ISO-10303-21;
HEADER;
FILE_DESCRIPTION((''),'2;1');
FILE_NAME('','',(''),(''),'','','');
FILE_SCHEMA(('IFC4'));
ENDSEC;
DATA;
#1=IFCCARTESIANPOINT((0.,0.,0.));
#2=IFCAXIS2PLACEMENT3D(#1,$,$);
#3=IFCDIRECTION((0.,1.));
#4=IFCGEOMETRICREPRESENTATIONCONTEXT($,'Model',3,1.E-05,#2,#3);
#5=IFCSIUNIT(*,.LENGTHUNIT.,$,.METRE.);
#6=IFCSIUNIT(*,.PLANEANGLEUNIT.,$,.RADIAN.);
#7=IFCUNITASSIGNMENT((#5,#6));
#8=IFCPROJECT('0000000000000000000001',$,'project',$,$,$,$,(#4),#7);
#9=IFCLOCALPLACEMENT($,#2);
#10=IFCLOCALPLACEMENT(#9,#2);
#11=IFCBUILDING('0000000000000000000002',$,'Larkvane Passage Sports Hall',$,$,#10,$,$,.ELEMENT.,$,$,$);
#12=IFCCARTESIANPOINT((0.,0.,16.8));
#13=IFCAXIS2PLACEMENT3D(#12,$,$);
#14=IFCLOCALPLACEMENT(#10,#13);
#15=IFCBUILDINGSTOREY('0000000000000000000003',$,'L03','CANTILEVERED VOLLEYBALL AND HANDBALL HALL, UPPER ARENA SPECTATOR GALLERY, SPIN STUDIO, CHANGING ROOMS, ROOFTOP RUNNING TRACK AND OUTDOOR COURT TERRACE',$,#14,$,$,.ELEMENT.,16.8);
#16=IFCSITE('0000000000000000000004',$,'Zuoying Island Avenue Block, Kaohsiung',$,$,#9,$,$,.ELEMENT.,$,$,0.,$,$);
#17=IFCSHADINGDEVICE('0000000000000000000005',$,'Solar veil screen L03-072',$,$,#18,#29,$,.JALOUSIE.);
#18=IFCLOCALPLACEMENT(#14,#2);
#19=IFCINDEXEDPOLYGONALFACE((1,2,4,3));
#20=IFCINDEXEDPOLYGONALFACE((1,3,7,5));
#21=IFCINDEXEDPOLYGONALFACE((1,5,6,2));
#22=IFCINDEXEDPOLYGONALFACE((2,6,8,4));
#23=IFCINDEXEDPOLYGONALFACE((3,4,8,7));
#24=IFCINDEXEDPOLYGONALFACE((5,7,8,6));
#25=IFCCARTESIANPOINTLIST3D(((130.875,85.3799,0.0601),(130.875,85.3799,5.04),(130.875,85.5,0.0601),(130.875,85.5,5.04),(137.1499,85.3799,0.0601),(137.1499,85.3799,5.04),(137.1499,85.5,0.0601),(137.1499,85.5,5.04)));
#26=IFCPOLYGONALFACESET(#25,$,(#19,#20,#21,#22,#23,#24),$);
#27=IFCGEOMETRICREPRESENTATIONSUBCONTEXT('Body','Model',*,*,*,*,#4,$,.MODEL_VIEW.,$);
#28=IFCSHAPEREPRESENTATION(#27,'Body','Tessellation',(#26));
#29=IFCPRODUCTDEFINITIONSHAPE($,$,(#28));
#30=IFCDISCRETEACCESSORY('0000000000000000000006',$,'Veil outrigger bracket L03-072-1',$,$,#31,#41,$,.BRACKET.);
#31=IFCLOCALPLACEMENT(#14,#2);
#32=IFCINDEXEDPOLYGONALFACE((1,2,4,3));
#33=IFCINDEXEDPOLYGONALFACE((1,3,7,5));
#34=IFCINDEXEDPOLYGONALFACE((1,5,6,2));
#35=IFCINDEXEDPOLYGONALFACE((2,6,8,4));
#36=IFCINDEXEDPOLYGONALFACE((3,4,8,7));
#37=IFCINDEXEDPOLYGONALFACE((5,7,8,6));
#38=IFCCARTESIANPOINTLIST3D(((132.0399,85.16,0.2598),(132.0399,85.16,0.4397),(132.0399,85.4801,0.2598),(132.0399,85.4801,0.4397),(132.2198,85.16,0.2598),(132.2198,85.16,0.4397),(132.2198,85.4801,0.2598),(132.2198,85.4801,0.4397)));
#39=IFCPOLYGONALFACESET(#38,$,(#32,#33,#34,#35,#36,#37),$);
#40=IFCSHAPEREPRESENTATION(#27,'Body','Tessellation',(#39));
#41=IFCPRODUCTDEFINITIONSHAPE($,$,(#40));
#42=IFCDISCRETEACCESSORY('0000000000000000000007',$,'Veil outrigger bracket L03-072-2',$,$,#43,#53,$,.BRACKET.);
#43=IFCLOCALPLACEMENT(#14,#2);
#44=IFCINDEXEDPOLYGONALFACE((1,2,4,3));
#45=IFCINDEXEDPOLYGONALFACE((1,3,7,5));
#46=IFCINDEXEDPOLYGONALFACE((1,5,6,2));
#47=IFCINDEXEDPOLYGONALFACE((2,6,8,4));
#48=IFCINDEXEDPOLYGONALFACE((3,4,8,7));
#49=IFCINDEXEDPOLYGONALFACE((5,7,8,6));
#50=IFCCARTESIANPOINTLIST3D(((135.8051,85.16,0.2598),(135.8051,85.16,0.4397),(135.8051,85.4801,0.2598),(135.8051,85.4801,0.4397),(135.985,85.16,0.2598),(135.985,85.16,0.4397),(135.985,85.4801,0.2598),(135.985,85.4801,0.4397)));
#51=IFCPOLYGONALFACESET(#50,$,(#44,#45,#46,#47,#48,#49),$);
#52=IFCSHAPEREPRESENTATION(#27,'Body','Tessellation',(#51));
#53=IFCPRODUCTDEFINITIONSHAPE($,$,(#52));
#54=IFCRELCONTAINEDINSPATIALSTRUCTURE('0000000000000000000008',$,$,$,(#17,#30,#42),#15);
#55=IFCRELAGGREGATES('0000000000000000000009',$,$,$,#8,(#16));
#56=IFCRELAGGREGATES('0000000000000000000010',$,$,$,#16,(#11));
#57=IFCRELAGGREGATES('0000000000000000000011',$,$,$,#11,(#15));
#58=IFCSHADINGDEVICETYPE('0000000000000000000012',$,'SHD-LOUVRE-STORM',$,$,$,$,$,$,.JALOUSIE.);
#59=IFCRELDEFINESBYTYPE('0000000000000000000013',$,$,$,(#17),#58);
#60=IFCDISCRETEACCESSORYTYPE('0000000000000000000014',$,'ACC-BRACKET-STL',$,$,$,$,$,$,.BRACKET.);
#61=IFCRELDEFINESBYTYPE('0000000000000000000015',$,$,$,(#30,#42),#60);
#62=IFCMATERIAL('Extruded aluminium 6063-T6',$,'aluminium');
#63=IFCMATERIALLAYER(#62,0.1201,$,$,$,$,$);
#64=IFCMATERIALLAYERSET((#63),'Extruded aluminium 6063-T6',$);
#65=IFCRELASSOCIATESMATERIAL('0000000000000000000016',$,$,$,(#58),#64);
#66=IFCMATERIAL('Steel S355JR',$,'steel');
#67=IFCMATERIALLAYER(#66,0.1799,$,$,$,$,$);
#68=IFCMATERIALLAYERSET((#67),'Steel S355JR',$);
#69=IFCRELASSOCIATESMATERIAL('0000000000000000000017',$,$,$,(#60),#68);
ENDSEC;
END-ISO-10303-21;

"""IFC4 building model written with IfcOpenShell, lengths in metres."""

from ifc_helpers import new_model, si_unit, direction, frame, origin, origin_2d, place, context, subcontext, project, spatial, rectangle, extrude, material, layer, layer_set, type_object, element, save


model = new_model("IFC4")

# Units and contexts
model_context = context("Model", 3, precision=1e-05, world=origin(), true_north=direction((0.0, 1.0)))
body_context = subcontext(model_context, "Body", "Model", "MODEL_VIEW")
ifc_project = project(units=[si_unit("LENGTHUNIT", "METRE"), si_unit("PLANEANGLEUNIT", "RADIAN")], contexts=[model_context])

# Site, building, storey
site_placement = place(None, origin())
site = spatial("IfcSite", under=ifc_project, at=site_placement, Name="Zuoying Island Avenue Block, Kaohsiung", CompositionType="ELEMENT", RefElevation=0.0)
building_placement = place(site_placement, origin())
building = spatial("IfcBuilding", under=site, at=building_placement, Name="Larkvane Passage Sports Hall", CompositionType="ELEMENT")
storey_placement = place(building_placement, frame((0.0, 0.0, 16.8)))
storey = spatial("IfcBuildingStorey", under=building, at=storey_placement, Name="L03", Description="CANTILEVERED VOLLEYBALL AND HANDBALL HALL, UPPER ARENA SPECTATOR GALLERY, SPIN STUDIO, CHANGING ROOMS, ROOFTOP RUNNING TRACK AND OUTDOOR COURT TERRACE", CompositionType="ELEMENT", Elevation=16.8)

# Shading device
ifc_material_1 = material(Name="Extruded aluminium 6063-T6", Category="aluminium")
ifc_layer_1 = layer(ifc_material_1, 0.1201)
ifc_layer_set_1 = layer_set([ifc_layer_1], Name="Extruded aluminium 6063-T6")
shading_device_type = type_object("IfcShadingDeviceType", Name="SHD-LOUVRE-STORM", PredefinedType="JALOUSIE", material=ifc_layer_set_1)
shading_device_placement = place(storey_placement, frame((134.0125, 85.4399, 0.0601), z_axis=(0.0, 0.0, 1.0), x_axis=(1.0, 0.0, 0.0)))
element("IfcShadingDevice", 1, at=shading_device_placement, inside=storey, type_object=shading_device_type, Name="Solar veil screen L03-072", PredefinedType="JALOUSIE", context=body_context, shape_type="SweptSolid", body=[
    extrude(rectangle(XDim=6.2749, YDim=0.1201, at=origin_2d()), origin(), (0.0, 0.0, 1.0), 4.98),
])

# Discrete accessories
ifc_material_2 = material(Name="Steel S355JR", Category="steel")
ifc_layer_2 = layer(ifc_material_2, 0.1799)
ifc_layer_set_2 = layer_set([ifc_layer_2], Name="Steel S355JR")
discrete_accessory_type = type_object("IfcDiscreteAccessoryType", Name="ACC-BRACKET-STL", PredefinedType="BRACKET", material=ifc_layer_set_2)
for number, where, z_axis, x_axis, name in (
    (2, (132.1299, 85.3201, 0.2598), (0.0, 0.0, 1.0), (1.0, 0.0, 0.0), "Veil outrigger bracket L03-072-1"),
    (3, (135.895, 85.3201, 0.2598), (0.0, 0.0, 1.0), (1.0, 0.0, 0.0), "Veil outrigger bracket L03-072-2"),
):
    element("IfcDiscreteAccessory", number, at=place(storey_placement, frame(where, z_axis=z_axis, x_axis=x_axis)), inside=storey, type_object=discrete_accessory_type, Name=name, PredefinedType="BRACKET", context=body_context, shape_type="SweptSolid", body=[
        extrude(rectangle(XDim=0.1799, YDim=0.3201, at=origin_2d()), origin(), (0.0, 0.0, 1.0), 0.1799),
    ])

save(model, "model.ifc")
